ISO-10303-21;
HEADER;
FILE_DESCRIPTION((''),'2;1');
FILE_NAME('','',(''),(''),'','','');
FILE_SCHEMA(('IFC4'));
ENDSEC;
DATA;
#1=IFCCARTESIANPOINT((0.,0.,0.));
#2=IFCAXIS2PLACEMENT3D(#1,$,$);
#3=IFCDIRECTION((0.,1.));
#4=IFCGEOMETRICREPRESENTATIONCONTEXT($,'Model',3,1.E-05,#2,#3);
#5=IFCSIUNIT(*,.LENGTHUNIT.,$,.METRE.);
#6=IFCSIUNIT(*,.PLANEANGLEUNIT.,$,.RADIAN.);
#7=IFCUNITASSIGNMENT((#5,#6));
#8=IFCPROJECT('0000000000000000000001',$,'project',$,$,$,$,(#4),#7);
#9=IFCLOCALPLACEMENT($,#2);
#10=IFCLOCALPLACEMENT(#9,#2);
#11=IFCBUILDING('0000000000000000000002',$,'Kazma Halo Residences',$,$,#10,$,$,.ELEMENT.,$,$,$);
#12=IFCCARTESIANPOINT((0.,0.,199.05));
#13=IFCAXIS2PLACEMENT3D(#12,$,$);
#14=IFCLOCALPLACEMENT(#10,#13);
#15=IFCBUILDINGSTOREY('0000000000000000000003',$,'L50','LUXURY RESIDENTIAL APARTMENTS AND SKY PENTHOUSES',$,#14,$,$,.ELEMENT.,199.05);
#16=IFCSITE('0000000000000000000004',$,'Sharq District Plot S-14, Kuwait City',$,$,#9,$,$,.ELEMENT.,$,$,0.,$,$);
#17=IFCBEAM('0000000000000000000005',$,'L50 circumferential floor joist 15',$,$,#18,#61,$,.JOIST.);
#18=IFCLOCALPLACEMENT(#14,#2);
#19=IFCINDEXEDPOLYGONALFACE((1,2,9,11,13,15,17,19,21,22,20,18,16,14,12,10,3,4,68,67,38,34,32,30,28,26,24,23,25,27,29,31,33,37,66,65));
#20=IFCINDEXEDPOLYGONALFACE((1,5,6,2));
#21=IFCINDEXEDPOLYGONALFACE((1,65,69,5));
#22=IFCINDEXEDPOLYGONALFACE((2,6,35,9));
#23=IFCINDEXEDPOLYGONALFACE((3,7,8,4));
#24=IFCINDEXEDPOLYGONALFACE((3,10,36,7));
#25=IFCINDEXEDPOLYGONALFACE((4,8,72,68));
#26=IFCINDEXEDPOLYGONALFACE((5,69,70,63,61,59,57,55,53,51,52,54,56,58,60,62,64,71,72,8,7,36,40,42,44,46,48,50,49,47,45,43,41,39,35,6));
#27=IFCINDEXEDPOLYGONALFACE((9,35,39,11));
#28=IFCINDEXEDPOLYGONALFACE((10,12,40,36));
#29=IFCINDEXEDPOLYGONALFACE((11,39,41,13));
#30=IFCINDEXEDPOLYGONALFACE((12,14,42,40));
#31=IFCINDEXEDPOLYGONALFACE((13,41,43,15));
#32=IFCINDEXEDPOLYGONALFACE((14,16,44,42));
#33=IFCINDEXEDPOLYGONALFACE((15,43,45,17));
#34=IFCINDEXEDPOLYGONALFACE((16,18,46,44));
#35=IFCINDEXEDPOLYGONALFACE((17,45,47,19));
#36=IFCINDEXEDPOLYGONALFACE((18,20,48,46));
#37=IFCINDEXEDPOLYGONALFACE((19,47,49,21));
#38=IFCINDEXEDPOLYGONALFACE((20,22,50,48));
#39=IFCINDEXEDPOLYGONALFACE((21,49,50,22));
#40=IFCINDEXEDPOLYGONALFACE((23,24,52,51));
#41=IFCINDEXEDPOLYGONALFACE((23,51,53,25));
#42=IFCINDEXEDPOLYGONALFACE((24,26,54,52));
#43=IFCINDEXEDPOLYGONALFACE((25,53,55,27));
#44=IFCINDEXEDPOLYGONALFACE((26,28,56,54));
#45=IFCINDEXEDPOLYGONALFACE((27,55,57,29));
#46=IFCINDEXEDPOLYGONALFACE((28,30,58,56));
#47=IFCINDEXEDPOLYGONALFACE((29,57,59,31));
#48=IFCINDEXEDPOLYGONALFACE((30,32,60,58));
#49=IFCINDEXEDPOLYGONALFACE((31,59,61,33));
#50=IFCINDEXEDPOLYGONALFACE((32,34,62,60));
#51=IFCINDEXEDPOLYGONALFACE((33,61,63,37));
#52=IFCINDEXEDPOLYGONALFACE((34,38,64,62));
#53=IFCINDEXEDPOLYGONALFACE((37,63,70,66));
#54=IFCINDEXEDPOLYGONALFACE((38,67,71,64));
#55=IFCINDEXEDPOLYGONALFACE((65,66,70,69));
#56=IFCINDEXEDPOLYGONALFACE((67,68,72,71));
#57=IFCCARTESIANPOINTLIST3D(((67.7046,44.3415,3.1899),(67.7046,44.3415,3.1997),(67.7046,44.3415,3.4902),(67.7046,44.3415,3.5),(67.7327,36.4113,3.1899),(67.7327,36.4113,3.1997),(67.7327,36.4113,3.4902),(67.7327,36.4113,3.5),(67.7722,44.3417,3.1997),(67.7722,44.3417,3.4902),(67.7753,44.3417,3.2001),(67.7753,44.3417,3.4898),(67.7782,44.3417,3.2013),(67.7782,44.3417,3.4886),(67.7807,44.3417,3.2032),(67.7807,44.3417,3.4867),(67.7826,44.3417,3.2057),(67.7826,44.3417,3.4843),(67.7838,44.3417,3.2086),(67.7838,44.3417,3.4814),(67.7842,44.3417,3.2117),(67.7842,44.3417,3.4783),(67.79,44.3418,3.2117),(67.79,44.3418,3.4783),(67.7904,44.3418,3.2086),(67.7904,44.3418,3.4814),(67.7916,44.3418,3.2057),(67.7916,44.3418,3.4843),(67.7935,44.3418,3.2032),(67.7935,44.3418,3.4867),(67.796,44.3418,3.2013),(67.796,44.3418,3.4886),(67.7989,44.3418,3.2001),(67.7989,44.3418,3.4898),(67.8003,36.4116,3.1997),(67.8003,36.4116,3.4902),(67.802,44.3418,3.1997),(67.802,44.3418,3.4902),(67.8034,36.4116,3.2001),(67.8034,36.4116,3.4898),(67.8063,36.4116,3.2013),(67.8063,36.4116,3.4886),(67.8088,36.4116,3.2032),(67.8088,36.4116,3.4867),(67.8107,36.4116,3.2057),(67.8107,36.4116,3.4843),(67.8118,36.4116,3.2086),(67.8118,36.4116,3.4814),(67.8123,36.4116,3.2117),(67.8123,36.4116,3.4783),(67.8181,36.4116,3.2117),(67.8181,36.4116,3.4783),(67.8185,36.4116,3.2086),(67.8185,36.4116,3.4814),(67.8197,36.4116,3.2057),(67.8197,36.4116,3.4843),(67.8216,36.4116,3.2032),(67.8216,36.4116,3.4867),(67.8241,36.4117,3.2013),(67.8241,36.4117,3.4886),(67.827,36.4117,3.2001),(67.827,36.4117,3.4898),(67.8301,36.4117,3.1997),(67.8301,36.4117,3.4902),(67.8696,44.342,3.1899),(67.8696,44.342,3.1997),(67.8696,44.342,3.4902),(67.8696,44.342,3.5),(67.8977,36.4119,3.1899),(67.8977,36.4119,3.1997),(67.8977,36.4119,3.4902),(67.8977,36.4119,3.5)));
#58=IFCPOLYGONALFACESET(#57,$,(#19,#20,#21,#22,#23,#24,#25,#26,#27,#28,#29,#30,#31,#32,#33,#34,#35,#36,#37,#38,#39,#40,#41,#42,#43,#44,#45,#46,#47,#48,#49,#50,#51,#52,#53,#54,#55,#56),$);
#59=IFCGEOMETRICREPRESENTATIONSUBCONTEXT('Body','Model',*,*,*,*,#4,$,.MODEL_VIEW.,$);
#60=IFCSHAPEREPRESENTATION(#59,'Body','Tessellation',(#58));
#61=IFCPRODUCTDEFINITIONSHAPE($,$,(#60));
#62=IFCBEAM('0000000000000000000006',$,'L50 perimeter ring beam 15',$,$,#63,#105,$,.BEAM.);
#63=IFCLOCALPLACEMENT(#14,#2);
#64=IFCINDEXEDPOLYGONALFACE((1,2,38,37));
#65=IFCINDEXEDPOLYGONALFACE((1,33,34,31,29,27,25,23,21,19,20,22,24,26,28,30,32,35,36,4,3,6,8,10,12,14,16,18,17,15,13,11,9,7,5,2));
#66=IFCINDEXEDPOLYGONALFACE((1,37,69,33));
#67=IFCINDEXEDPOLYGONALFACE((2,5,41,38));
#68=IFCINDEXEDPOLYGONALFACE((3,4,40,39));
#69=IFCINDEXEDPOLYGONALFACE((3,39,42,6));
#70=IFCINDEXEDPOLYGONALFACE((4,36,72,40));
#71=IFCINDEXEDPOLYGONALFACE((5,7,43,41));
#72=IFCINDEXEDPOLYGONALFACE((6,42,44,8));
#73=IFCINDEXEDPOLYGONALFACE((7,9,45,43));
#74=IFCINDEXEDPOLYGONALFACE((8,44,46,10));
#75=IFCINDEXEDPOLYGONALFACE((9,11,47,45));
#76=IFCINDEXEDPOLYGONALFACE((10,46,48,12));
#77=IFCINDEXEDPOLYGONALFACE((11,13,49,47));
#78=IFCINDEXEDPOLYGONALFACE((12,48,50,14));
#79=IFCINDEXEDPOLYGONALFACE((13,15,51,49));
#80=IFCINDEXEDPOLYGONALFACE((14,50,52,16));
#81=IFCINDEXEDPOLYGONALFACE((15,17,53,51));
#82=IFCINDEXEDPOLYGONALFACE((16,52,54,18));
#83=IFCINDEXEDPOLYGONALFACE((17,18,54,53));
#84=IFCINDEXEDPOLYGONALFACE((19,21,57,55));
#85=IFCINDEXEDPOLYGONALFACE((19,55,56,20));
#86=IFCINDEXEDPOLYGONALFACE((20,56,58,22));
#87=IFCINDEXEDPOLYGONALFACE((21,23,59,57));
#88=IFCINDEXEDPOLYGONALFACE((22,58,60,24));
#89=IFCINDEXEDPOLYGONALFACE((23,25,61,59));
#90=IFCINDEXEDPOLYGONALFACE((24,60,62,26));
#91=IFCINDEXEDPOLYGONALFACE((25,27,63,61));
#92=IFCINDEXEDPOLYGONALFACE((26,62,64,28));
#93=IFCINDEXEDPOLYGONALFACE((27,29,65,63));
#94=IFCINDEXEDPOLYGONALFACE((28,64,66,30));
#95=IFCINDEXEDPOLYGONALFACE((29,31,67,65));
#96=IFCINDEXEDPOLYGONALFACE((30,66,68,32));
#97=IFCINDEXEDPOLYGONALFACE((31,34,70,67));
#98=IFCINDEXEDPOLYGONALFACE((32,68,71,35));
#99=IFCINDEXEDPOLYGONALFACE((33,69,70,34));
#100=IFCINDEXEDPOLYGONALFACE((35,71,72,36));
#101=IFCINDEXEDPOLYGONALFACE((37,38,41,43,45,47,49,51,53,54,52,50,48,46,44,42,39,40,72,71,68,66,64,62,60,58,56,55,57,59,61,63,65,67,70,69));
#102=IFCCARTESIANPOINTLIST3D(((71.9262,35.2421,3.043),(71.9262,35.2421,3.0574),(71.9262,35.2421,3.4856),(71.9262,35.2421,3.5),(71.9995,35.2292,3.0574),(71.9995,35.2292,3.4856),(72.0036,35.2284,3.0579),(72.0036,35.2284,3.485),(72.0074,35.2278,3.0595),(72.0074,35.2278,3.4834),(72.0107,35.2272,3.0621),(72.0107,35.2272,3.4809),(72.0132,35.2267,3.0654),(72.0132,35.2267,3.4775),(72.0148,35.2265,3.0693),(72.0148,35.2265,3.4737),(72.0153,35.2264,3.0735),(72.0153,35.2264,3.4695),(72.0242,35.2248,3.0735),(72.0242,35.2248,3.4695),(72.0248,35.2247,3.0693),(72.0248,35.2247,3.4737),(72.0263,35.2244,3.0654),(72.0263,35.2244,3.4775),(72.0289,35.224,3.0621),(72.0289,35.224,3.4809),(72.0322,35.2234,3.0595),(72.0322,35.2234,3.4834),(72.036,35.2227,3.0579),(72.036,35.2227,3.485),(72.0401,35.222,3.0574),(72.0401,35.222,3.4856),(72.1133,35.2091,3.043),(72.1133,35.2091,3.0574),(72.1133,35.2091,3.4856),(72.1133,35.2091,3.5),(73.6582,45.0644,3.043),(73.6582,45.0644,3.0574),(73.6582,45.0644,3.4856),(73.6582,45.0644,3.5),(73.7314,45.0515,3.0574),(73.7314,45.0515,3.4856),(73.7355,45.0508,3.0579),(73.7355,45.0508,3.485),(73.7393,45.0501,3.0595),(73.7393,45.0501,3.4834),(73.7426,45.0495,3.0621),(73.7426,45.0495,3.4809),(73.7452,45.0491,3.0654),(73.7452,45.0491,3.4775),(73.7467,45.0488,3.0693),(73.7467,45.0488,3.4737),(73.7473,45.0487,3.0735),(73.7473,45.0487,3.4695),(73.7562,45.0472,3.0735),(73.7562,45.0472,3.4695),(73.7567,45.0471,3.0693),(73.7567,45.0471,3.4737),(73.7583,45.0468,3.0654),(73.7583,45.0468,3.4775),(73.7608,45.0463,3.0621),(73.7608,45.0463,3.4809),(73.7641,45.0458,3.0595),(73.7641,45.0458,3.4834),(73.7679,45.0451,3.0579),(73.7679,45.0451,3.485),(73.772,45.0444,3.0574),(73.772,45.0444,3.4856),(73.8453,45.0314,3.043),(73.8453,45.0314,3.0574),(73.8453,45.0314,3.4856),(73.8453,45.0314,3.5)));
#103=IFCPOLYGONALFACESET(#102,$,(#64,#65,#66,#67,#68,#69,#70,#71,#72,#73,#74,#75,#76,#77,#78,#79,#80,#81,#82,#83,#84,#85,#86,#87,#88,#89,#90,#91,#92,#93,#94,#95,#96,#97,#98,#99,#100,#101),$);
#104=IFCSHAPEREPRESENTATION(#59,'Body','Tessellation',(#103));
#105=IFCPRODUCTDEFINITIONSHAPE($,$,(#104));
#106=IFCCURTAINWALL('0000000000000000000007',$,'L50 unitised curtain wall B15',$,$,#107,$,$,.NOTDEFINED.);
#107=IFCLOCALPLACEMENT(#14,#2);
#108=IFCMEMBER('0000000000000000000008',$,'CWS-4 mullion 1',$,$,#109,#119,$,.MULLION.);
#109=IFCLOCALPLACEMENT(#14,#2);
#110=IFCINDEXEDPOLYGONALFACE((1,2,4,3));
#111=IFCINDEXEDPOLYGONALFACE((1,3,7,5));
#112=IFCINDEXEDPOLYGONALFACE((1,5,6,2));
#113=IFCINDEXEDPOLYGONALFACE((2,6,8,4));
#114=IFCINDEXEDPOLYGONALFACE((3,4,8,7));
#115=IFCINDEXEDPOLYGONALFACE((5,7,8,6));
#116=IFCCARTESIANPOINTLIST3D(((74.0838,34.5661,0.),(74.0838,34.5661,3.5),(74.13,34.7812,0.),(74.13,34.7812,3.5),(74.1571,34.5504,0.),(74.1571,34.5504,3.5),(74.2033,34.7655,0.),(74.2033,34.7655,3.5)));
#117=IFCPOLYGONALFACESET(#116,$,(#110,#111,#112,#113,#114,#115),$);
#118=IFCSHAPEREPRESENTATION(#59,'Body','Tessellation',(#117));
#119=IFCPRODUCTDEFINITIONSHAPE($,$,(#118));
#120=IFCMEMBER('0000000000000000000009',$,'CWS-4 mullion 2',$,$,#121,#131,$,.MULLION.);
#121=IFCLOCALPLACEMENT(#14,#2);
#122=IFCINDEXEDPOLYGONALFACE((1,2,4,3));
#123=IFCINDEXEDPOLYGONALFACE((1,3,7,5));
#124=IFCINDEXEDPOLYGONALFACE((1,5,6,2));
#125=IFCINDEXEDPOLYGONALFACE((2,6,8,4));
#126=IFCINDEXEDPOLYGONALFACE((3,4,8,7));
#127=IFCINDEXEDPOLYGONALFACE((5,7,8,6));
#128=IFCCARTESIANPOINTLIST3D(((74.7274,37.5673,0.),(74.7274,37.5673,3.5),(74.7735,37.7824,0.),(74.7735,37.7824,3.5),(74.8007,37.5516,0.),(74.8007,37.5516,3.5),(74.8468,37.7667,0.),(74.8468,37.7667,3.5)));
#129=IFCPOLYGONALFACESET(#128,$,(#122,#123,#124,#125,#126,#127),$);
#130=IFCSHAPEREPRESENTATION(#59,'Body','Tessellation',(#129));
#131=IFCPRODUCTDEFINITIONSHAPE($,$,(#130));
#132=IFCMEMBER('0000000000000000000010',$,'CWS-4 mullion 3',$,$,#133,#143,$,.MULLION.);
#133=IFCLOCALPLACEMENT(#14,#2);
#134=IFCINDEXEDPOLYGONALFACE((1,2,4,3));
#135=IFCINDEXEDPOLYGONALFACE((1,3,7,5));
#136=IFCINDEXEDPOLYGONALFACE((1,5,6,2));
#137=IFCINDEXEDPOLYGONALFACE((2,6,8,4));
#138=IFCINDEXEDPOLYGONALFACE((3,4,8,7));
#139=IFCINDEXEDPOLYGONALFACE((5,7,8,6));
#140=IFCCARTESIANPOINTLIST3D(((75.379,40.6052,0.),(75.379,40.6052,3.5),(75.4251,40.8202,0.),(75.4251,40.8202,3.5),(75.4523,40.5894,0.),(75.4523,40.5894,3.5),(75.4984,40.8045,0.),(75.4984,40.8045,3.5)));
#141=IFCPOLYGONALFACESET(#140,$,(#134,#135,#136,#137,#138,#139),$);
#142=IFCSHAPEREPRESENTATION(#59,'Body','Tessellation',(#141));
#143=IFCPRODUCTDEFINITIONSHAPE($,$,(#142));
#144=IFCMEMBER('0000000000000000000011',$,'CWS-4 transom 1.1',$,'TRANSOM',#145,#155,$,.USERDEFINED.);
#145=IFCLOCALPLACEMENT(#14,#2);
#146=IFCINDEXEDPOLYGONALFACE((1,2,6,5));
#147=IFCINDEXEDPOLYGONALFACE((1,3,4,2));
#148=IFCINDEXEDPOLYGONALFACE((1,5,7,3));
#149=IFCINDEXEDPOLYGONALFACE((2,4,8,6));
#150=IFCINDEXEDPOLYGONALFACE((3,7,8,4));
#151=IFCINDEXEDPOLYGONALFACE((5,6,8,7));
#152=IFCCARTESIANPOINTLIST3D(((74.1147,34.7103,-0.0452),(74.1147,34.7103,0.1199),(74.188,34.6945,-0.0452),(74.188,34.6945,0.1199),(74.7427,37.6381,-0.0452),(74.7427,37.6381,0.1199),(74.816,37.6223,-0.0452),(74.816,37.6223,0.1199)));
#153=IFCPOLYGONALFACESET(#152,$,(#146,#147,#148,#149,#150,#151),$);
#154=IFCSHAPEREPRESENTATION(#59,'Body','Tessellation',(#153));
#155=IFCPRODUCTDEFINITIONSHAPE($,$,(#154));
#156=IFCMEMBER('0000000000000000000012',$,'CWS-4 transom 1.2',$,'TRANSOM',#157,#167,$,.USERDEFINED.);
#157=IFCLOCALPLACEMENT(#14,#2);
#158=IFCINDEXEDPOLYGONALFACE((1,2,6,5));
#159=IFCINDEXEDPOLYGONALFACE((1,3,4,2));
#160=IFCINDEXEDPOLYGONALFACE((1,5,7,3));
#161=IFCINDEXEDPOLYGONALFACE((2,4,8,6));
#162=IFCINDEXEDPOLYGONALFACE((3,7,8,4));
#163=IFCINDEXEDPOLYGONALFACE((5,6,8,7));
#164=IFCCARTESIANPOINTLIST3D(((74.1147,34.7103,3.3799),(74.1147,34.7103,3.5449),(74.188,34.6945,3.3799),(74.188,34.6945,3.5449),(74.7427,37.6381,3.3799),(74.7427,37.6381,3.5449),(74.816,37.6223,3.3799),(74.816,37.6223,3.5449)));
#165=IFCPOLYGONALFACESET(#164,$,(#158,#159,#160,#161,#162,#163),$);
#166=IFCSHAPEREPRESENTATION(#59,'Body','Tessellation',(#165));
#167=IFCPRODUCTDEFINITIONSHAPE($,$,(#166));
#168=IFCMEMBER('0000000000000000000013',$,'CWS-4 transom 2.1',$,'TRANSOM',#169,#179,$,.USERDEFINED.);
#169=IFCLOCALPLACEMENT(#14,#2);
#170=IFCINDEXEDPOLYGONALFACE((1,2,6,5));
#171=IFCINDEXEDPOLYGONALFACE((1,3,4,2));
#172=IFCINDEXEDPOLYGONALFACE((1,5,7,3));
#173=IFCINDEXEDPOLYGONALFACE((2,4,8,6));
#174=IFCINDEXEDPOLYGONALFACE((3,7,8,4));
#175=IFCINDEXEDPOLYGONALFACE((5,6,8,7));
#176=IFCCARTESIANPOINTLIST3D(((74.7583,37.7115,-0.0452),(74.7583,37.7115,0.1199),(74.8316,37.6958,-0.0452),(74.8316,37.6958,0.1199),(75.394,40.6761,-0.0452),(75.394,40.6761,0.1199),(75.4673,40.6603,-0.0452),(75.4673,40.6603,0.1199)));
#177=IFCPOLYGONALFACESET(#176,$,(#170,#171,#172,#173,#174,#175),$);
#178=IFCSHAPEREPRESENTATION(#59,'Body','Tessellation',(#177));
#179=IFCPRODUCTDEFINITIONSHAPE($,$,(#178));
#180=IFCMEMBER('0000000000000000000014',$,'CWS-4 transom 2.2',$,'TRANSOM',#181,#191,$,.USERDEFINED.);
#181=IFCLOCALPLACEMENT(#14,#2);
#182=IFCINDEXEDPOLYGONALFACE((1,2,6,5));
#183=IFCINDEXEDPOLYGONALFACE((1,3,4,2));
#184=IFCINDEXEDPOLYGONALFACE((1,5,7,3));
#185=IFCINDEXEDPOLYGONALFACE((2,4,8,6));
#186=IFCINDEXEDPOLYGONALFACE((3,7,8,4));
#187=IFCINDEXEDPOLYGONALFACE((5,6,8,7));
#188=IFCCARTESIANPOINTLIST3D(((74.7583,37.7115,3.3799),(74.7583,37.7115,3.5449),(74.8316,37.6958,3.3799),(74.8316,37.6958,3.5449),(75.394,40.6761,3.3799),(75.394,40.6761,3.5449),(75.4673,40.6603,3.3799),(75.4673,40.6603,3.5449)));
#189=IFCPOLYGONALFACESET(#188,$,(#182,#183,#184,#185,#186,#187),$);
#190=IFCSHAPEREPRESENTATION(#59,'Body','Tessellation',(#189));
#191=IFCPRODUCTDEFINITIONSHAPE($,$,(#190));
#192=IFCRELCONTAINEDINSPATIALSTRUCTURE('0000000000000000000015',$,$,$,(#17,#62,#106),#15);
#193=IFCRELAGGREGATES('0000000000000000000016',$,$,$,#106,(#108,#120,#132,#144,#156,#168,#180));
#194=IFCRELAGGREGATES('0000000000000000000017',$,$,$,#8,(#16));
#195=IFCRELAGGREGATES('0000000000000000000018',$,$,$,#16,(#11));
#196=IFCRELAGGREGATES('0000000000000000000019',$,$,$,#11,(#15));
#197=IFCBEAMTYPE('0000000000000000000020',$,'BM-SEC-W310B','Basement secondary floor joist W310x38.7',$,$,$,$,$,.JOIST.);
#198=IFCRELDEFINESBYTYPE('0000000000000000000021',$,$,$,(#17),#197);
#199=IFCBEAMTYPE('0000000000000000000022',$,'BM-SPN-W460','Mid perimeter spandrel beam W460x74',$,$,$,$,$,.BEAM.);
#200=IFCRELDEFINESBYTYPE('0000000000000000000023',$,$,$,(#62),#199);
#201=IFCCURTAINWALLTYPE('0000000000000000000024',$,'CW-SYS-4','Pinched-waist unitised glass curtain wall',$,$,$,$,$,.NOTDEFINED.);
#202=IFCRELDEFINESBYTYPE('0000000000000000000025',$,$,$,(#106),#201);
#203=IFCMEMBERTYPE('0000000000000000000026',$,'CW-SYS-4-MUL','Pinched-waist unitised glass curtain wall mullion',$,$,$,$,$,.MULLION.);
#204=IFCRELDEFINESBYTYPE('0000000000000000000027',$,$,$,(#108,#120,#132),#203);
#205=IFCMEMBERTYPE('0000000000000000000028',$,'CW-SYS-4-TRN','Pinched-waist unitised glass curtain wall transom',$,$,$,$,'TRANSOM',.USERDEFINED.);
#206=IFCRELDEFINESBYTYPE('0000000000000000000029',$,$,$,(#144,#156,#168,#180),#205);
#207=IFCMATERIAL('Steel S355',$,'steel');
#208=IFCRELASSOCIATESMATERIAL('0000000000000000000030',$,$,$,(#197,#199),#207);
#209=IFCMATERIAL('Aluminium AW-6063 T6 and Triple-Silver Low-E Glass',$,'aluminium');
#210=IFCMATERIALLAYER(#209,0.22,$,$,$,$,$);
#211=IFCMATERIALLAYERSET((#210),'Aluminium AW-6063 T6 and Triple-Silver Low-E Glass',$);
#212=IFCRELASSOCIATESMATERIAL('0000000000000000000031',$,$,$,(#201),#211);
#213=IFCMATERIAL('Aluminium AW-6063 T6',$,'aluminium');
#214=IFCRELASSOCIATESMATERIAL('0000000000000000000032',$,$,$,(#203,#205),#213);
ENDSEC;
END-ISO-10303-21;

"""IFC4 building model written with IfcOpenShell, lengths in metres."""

from ifc_helpers import new_model, si_unit, direction, frame, origin, origin_2d, place, context, subcontext, project, spatial, rectangle, i_section, extrude, material, layer, layer_set, material_profile, profile_set, type_object, element, aggregate, save


model = new_model("IFC4")

# Units and contexts
model_context = context("Model", 3, precision=1e-05, world=origin(), true_north=direction((0.0, 1.0)))
body_context = subcontext(model_context, "Body", "Model", "MODEL_VIEW")
ifc_project = project(units=[si_unit("LENGTHUNIT", "METRE"), si_unit("PLANEANGLEUNIT", "RADIAN")], contexts=[model_context])

# Site, building, storey
site_placement = place(None, origin())
site = spatial("IfcSite", under=ifc_project, at=site_placement, Name="Sharq District Plot S-14, Kuwait City", CompositionType="ELEMENT", RefElevation=0.0)
building_placement = place(site_placement, origin())
building = spatial("IfcBuilding", under=site, at=building_placement, Name="Kazma Halo Residences", CompositionType="ELEMENT")
storey_placement = place(building_placement, frame((0.0, 0.0, 199.05)))
storey = spatial("IfcBuildingStorey", under=building, at=storey_placement, Name="L50", Description="LUXURY RESIDENTIAL APARTMENTS AND SKY PENTHOUSES", CompositionType="ELEMENT", Elevation=199.05)

# Beams
ifc_material_1 = material(Name="Steel S355", Category="steel")
ifc_material_profile_1 = material_profile(ifc_material_1, i_section(OverallWidth=0.165, OverallDepth=0.3101, WebThickness=0.0059, FlangeThickness=0.0098, FilletRadius=0.012, at=origin_2d()), Name="W310x38.7")
ifc_profile_set_1 = profile_set([ifc_material_profile_1], Name="Steel S355")
beam_type_1 = type_object("IfcBeamType", Name="BM-SEC-W310B", Description="Basement secondary floor joist W310x38.7", PredefinedType="JOIST", material=ifc_profile_set_1)
beam_1_placement = place(storey_placement, frame((67.8152, 36.4116, 3.345), z_axis=(-0.00354, 0.999994, 0.0), x_axis=(-0.999994, -0.00354, 0.0)))
element("IfcBeam", 1, at=beam_1_placement, inside=storey, type_object=beam_type_1, Name="L50 circumferential floor joist 15", PredefinedType="JOIST", context=body_context, shape_type="SweptSolid", body=[
    extrude(i_section(OverallWidth=0.165, OverallDepth=0.3101, WebThickness=0.0059, FlangeThickness=0.0098, FilletRadius=0.012, at=origin_2d()), origin(), (0.0, 0.0, 1.0), 7.9302),
])
ifc_material_profile_2 = material_profile(ifc_material_1, i_section(OverallWidth=0.1899, OverallDepth=0.457, WebThickness=0.009, FlangeThickness=0.0144, FilletRadius=0.0161, at=origin_2d()), Name="W460x74")
ifc_profile_set_2 = profile_set([ifc_material_profile_2], Name="Steel S355")
beam_type_2 = type_object("IfcBeamType", Name="BM-SPN-W460", Description="Mid perimeter spandrel beam W460x74", PredefinedType="BEAM", material=ifc_profile_set_2)
beam_2_placement = place(storey_placement, frame((72.0198, 35.2256, 3.2715), z_axis=(0.173648, 0.984808, 0.0), x_axis=(-0.984808, 0.173648, 0.0)))
element("IfcBeam", 2, at=beam_2_placement, inside=storey, type_object=beam_type_2, Name="L50 perimeter ring beam 15", PredefinedType="BEAM", context=body_context, shape_type="SweptSolid", body=[
    extrude(i_section(OverallWidth=0.1899, OverallDepth=0.457, WebThickness=0.009, FlangeThickness=0.0144, FilletRadius=0.0161, at=origin_2d()), origin(), (0.0, 0.0, 1.0), 9.9739),
])

# Curtain wall, members
ifc_material_2 = material(Name="Aluminium AW-6063 T6 and Triple-Silver Low-E Glass", Category="aluminium")
ifc_layer_1 = layer(ifc_material_2, 0.22)
ifc_layer_set_1 = layer_set([ifc_layer_1], Name="Aluminium AW-6063 T6 and Triple-Silver Low-E Glass")
curtain_wall_type = type_object("IfcCurtainWallType", Name="CW-SYS-4", Description="Pinched-waist unitised glass curtain wall", PredefinedType="NOTDEFINED", material=ifc_layer_set_1)
curtain_wall_placement = place(storey_placement, origin())
curtain_wall = element("IfcCurtainWall", 3, at=curtain_wall_placement, inside=storey, type_object=curtain_wall_type, Name="L50 unitised curtain wall B15", PredefinedType="NOTDEFINED")
ifc_material_3 = material(Name="Aluminium AW-6063 T6", Category="aluminium")
ifc_material_profile_3 = material_profile(ifc_material_3, rectangle(XDim=0.075, YDim=0.22, at=origin_2d()), Name="CWM-75x220")
ifc_profile_set_3 = profile_set([ifc_material_profile_3], Name="Aluminium AW-6063 T6")
member_type_1 = type_object("IfcMemberType", Name="CW-SYS-4-MUL", Description="Pinched-waist unitised glass curtain wall mullion", PredefinedType="MULLION", material=ifc_profile_set_3)
member_1_placement = place(storey_placement, frame((74.1436, 34.6658, 0.0), z_axis=(0.0, 0.0, 1.0), x_axis=(-0.977768, 0.20969, 0.0)))
member_1 = element("IfcMember", 4, at=member_1_placement, type_object=member_type_1, Name="CWS-4 mullion 1", PredefinedType="MULLION", context=body_context, shape_type="SweptSolid", body=[
    extrude(rectangle(XDim=0.075, YDim=0.22, at=origin_2d()), origin(), (0.0, 0.0, 1.0), 3.5),
])
member_2_placement = place(storey_placement, frame((74.7871, 37.667, 0.0), z_axis=(0.0, 0.0, 1.0), x_axis=(-0.977768, 0.20969, 0.0)))
member_2 = element("IfcMember", 5, at=member_2_placement, type_object=member_type_1, Name="CWS-4 mullion 2", PredefinedType="MULLION", context=body_context, shape_type="SweptSolid", body=[
    extrude(rectangle(XDim=0.075, YDim=0.22, at=origin_2d()), origin(), (0.0, 0.0, 1.0), 3.5),
])
member_3_placement = place(storey_placement, frame((75.4387, 40.7048, 0.0), z_axis=(0.0, 0.0, 1.0), x_axis=(-0.977768, 0.20969, 0.0)))
member_3 = element("IfcMember", 6, at=member_3_placement, type_object=member_type_1, Name="CWS-4 mullion 3", PredefinedType="MULLION", context=body_context, shape_type="SweptSolid", body=[
    extrude(rectangle(XDim=0.075, YDim=0.22, at=origin_2d()), origin(), (0.0, 0.0, 1.0), 3.5),
])
ifc_material_profile_4 = material_profile(ifc_material_3, rectangle(XDim=0.075, YDim=0.165, at=origin_2d()), Name="CWT-75x165")
ifc_profile_set_4 = profile_set([ifc_material_profile_4], Name="Aluminium AW-6063 T6")
member_type_2 = type_object("IfcMemberType", Name="CW-SYS-4-TRN", Description="Pinched-waist unitised glass curtain wall transom", ElementType="TRANSOM", PredefinedType="USERDEFINED", material=ifc_profile_set_4)
member_4_placement = place(storey_placement, frame((74.1514, 34.7024, 0.0374), z_axis=(0.209707, 0.977764, 0.0), x_axis=(-0.977764, 0.209707, 0.0)))
member_4 = element("IfcMember", 7, at=member_4_placement, type_object=member_type_2, Name="CWS-4 transom 1.1", ObjectType="TRANSOM", PredefinedType="USERDEFINED", context=body_context, shape_type="SweptSolid", body=[
    extrude(rectangle(XDim=0.075, YDim=0.165, at=origin_2d()), origin(), (0.0, 0.0, 1.0), 2.9944),
])
member_5_placement = place(storey_placement, frame((74.1514, 34.7024, 3.4624), z_axis=(0.209707, 0.977764, 0.0), x_axis=(-0.977764, 0.209707, 0.0)))
member_5 = element("IfcMember", 8, at=member_5_placement, type_object=member_type_2, Name="CWS-4 transom 1.2", ObjectType="TRANSOM", PredefinedType="USERDEFINED", context=body_context, shape_type="SweptSolid", body=[
    extrude(rectangle(XDim=0.075, YDim=0.165, at=origin_2d()), origin(), (0.0, 0.0, 1.0), 2.9944),
])
member_6_placement = place(storey_placement, frame((74.7949, 37.7036, 0.0374), z_axis=(0.209678, 0.977771, 0.0), x_axis=(-0.977771, 0.209678, 0.0)))
member_6 = element("IfcMember", 9, at=member_6_placement, type_object=member_type_2, Name="CWS-4 transom 2.1", ObjectType="TRANSOM", PredefinedType="USERDEFINED", context=body_context, shape_type="SweptSolid", body=[
    extrude(rectangle(XDim=0.075, YDim=0.165, at=origin_2d()), origin(), (0.0, 0.0, 1.0), 3.032),
])
member_7_placement = place(storey_placement, frame((74.7949, 37.7036, 3.4624), z_axis=(0.209678, 0.977771, 0.0), x_axis=(-0.977771, 0.209678, 0.0)))
member_7 = element("IfcMember", 10, at=member_7_placement, type_object=member_type_2, Name="CWS-4 transom 2.2", ObjectType="TRANSOM", PredefinedType="USERDEFINED", context=body_context, shape_type="SweptSolid", body=[
    extrude(rectangle(XDim=0.075, YDim=0.165, at=origin_2d()), origin(), (0.0, 0.0, 1.0), 3.032),
])
aggregate(curtain_wall, [member_1, member_2, member_3, member_4, member_5, member_6, member_7])

save(model, "model.ifc")
